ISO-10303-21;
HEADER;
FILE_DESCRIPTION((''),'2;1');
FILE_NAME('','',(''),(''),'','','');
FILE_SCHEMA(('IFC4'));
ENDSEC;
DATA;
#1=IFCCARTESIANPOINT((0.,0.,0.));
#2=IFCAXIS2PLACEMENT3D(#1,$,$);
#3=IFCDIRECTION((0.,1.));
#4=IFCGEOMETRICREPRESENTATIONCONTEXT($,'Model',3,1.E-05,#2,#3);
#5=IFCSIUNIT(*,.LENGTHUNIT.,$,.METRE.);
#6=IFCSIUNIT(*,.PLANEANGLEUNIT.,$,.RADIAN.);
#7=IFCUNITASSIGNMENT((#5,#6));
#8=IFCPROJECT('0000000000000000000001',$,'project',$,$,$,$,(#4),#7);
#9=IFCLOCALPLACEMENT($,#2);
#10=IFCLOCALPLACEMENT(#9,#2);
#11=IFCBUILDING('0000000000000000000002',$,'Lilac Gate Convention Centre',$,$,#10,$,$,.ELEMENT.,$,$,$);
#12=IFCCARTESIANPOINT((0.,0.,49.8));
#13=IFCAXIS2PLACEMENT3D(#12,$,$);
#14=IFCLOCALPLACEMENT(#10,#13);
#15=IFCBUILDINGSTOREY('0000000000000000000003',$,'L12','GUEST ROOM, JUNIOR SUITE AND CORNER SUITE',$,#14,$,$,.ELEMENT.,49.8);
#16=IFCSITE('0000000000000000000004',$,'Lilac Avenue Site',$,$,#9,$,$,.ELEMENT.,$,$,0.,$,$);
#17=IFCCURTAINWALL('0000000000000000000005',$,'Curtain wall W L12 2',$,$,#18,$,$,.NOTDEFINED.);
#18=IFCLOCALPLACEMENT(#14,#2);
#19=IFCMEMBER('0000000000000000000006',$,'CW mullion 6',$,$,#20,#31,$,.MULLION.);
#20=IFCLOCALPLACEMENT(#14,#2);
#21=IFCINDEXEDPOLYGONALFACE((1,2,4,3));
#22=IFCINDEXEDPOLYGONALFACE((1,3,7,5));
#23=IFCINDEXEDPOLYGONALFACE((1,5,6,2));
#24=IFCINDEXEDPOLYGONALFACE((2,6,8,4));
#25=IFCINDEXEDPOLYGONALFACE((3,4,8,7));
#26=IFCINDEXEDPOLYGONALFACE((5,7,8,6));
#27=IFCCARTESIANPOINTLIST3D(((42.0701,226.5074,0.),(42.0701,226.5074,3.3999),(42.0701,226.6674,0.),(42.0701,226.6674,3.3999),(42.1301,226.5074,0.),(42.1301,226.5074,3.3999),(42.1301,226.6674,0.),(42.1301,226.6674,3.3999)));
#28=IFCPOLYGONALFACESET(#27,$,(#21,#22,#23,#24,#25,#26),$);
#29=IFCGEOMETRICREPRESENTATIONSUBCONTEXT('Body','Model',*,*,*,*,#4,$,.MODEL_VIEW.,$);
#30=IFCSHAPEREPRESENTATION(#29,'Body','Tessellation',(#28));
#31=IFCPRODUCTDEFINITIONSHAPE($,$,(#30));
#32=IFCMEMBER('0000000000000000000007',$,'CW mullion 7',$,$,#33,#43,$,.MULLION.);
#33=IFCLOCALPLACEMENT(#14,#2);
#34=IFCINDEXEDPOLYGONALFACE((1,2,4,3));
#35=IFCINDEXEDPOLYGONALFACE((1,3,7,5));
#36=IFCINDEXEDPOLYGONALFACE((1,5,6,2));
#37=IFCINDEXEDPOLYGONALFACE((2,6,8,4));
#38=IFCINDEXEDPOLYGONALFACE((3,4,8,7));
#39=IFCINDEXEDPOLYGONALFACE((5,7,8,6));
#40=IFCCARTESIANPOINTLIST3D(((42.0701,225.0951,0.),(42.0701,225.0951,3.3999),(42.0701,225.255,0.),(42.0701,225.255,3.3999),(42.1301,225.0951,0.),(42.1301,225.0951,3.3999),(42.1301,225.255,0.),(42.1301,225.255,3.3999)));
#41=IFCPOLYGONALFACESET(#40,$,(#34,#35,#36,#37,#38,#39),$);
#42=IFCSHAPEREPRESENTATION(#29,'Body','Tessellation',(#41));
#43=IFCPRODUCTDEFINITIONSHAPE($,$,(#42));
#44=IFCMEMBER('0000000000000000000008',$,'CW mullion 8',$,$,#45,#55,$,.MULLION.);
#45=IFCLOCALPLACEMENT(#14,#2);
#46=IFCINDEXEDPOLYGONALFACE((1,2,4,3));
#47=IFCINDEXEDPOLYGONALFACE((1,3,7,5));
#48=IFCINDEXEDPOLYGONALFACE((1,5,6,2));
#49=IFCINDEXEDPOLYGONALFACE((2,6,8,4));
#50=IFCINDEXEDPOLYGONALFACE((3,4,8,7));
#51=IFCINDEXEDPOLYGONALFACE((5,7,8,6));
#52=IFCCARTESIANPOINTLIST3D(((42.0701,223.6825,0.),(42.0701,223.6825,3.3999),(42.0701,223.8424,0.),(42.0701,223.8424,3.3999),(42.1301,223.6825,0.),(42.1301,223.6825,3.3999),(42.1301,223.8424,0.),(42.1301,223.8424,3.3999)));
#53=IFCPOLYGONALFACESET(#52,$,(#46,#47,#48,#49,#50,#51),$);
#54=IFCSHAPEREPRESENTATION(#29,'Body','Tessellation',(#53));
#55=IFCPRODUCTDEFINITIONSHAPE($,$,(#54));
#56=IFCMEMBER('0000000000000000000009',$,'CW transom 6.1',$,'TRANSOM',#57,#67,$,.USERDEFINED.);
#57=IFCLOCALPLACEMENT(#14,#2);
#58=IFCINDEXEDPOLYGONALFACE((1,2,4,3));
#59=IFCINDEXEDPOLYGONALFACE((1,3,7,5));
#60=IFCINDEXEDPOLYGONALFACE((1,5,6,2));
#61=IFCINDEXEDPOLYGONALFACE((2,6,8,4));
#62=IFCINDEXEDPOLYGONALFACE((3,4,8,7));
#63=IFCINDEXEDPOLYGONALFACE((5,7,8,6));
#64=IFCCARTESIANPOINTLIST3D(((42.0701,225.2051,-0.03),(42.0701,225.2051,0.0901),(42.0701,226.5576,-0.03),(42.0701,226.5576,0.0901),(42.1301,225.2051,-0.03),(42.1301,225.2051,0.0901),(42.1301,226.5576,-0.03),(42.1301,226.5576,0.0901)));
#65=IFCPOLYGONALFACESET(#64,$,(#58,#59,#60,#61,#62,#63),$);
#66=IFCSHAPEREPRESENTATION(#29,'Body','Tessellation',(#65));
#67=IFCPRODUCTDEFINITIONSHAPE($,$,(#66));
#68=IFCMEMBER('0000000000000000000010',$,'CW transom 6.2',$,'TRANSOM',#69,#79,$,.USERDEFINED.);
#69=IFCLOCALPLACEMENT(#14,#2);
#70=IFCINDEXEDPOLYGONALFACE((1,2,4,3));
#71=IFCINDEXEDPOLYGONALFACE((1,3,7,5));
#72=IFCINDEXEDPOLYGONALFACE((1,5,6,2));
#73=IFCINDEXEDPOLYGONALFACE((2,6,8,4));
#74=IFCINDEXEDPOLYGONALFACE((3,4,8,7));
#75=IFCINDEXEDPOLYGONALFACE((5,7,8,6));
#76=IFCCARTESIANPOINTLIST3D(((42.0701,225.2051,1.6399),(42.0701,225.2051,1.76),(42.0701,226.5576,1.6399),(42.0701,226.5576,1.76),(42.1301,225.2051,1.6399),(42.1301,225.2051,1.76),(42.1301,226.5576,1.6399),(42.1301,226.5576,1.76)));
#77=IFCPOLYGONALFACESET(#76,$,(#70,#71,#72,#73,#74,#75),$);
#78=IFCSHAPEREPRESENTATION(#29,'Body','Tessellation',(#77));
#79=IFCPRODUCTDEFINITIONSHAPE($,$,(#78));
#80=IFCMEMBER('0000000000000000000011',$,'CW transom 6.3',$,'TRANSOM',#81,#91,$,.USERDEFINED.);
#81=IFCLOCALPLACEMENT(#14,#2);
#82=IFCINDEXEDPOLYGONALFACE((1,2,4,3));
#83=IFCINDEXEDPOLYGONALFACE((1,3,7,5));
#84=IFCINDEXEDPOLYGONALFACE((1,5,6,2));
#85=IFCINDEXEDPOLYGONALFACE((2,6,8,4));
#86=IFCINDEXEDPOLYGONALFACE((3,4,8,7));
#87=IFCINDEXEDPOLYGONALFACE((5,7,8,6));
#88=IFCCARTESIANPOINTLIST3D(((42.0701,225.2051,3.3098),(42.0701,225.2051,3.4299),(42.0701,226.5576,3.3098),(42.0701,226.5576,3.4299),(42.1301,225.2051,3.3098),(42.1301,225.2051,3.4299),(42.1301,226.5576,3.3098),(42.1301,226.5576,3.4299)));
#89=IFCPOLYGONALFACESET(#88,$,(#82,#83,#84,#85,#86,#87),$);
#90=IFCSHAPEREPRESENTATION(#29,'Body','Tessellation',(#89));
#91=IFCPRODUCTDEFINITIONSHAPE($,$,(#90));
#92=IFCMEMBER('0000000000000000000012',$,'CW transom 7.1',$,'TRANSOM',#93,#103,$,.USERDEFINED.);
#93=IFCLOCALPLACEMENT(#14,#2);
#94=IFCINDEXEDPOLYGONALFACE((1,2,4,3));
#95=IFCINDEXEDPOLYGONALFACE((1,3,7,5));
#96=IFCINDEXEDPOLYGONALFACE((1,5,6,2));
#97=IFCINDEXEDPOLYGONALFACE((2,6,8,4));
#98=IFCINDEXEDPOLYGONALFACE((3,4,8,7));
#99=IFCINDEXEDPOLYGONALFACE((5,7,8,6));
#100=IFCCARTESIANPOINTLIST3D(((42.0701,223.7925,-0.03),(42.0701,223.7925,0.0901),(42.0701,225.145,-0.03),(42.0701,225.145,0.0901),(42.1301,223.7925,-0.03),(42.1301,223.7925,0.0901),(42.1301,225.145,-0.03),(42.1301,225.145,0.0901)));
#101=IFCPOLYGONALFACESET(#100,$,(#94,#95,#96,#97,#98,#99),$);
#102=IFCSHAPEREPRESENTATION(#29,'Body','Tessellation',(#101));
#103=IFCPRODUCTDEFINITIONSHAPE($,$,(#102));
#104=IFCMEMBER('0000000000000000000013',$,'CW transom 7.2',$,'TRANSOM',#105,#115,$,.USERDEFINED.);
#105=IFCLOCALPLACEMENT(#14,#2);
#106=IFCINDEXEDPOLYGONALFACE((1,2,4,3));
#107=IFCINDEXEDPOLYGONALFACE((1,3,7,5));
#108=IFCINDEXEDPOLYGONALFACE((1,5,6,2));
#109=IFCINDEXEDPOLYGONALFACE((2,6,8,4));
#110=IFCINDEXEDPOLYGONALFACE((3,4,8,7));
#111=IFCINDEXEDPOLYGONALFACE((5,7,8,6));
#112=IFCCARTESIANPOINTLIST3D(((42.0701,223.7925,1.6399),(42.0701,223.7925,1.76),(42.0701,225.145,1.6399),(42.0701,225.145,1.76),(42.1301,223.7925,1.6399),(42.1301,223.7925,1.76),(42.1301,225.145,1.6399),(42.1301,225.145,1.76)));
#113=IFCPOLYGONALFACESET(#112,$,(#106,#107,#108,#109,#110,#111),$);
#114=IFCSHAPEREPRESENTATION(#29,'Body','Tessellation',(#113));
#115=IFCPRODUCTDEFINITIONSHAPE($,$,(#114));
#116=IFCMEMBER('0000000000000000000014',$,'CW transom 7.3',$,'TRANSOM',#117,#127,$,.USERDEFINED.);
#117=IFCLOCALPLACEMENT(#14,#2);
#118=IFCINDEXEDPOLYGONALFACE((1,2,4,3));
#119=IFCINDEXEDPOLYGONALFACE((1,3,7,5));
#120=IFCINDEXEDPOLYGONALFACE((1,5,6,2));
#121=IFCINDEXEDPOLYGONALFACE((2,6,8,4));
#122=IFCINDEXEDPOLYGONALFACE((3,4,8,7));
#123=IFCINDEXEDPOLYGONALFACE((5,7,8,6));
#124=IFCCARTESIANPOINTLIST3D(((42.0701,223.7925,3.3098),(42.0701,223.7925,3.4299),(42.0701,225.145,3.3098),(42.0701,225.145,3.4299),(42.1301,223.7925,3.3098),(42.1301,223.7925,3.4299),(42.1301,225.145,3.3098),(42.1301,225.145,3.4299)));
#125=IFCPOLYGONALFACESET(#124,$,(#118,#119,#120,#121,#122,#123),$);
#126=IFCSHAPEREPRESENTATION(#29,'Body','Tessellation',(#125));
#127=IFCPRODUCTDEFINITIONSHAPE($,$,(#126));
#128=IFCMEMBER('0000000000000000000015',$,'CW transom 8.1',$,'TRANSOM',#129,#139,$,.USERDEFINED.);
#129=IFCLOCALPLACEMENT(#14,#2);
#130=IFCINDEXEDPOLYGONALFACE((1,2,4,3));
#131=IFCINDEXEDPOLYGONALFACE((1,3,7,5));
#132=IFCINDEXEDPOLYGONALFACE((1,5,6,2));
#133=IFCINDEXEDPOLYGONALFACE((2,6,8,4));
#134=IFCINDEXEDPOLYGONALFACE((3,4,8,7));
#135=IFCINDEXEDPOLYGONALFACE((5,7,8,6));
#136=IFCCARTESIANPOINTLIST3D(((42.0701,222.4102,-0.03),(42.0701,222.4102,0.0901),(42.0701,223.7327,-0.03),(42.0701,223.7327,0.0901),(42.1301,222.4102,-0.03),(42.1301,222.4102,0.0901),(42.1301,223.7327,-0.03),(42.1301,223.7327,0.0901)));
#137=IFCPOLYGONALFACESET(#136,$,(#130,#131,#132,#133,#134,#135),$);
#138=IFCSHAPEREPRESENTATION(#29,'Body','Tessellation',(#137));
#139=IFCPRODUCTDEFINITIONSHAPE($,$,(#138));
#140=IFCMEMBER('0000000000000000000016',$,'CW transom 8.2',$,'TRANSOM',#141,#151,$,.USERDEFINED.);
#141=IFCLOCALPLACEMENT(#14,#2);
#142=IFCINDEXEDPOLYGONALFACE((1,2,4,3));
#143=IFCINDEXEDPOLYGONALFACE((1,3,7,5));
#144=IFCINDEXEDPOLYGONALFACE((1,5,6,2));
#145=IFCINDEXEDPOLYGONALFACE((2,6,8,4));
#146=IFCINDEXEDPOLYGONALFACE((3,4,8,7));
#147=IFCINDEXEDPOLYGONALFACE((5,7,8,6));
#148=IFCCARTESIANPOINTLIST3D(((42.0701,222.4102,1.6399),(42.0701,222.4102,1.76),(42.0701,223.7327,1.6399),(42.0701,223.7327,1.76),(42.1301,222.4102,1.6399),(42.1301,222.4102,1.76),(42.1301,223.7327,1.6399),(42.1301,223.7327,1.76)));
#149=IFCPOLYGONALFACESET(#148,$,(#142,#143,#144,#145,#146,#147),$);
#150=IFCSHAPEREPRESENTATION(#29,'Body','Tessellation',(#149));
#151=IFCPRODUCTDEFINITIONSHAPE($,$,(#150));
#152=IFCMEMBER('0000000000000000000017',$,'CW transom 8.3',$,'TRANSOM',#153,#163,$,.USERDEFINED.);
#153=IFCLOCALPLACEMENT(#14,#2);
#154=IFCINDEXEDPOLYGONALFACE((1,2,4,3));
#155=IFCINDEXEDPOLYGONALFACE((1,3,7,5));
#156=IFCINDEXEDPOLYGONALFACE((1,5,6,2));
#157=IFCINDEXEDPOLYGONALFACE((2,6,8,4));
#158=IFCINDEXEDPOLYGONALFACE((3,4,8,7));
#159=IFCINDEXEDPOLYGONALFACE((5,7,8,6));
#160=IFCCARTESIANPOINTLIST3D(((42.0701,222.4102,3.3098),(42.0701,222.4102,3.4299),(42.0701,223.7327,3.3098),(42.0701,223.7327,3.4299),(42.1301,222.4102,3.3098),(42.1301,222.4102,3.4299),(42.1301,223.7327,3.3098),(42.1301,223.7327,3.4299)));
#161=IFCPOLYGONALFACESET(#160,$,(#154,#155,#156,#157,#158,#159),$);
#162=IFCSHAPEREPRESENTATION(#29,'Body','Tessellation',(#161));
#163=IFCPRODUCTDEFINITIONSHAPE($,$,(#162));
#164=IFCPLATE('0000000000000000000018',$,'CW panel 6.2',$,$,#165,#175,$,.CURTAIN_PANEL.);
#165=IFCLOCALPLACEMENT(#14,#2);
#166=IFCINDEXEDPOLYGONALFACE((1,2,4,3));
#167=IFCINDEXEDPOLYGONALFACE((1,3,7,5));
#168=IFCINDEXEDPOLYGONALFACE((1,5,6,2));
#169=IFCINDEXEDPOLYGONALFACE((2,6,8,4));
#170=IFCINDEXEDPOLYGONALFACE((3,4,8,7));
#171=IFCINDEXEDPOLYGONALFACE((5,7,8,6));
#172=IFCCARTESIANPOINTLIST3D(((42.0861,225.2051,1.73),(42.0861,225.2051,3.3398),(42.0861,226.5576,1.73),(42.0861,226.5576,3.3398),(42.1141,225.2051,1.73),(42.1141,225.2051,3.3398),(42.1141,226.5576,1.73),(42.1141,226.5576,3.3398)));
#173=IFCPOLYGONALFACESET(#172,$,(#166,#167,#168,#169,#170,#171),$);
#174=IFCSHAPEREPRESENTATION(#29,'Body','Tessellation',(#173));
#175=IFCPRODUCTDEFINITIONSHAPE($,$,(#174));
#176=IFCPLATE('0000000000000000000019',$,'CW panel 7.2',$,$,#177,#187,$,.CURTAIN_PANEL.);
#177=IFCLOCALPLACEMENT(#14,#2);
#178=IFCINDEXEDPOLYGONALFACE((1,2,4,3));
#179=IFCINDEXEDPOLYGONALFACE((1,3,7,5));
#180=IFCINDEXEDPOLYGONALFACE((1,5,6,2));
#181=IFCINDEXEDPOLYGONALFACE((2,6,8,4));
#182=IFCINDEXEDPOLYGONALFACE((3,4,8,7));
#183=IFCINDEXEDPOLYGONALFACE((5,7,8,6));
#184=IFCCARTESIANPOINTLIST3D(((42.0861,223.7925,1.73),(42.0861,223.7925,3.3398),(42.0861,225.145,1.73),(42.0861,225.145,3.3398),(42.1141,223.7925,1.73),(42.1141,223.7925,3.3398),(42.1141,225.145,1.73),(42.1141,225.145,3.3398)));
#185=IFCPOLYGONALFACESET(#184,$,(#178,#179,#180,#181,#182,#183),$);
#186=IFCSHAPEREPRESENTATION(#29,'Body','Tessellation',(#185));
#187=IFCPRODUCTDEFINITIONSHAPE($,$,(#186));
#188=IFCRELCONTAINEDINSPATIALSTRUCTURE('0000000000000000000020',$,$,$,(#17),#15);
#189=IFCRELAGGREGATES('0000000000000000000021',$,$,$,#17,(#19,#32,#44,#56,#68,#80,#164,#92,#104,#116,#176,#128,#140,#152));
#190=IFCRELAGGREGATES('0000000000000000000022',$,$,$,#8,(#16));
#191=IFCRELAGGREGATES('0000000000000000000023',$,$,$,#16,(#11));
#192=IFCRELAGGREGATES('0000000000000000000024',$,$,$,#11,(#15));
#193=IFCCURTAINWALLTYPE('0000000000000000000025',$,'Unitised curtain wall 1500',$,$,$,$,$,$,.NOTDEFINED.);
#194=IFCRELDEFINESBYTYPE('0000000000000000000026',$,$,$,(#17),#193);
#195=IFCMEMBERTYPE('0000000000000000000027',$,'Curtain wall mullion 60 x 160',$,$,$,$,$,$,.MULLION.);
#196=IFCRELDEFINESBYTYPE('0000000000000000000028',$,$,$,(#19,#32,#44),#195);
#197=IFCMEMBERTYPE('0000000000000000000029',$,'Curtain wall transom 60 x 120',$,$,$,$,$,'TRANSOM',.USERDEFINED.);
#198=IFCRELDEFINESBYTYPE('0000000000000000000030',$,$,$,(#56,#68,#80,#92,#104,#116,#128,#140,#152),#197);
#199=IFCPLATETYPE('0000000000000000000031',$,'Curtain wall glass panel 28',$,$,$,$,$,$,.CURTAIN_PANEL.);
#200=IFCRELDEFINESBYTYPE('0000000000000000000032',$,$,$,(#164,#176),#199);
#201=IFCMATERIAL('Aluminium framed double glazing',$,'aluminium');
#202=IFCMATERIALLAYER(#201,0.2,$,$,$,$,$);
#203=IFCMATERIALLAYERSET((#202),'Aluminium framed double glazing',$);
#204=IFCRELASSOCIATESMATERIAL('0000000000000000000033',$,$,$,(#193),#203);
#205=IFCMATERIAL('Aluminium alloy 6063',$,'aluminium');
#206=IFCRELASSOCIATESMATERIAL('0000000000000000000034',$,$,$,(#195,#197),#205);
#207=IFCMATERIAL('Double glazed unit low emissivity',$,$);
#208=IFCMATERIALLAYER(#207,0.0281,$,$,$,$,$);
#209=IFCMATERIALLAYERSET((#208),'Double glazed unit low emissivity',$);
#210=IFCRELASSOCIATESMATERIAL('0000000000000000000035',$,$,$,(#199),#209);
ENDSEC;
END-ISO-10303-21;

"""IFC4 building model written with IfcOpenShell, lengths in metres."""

from ifc_helpers import new_model, si_unit, direction, frame, origin, origin_2d, place, context, subcontext, project, spatial, rectangle, extrude, material, layer, layer_set, material_profile, profile_set, type_object, element, aggregate, save


model = new_model("IFC4")

# Units and contexts
model_context = context("Model", 3, precision=1e-05, world=origin(), true_north=direction((0.0, 1.0)))
body_context = subcontext(model_context, "Body", "Model", "MODEL_VIEW")
ifc_project = project(units=[si_unit("LENGTHUNIT", "METRE"), si_unit("PLANEANGLEUNIT", "RADIAN")], contexts=[model_context])

# Site, building, storey
site_placement = place(None, origin())
site = spatial("IfcSite", under=ifc_project, at=site_placement, Name="Lilac Avenue Site", CompositionType="ELEMENT", RefElevation=0.0)
building_placement = place(site_placement, origin())
building = spatial("IfcBuilding", under=site, at=building_placement, Name="Lilac Gate Convention Centre", CompositionType="ELEMENT")
storey_placement = place(building_placement, frame((0.0, 0.0, 49.8)))
storey = spatial("IfcBuildingStorey", under=building, at=storey_placement, Name="L12", Description="GUEST ROOM, JUNIOR SUITE AND CORNER SUITE", CompositionType="ELEMENT", Elevation=49.8)

# Curtain wall, members, plates
ifc_material_1 = material(Name="Aluminium framed double glazing", Category="aluminium")
ifc_layer_1 = layer(ifc_material_1, 0.2)
ifc_layer_set_1 = layer_set([ifc_layer_1], Name="Aluminium framed double glazing")
curtain_wall_type = type_object("IfcCurtainWallType", Name="Unitised curtain wall 1500", PredefinedType="NOTDEFINED", material=ifc_layer_set_1)
curtain_wall_placement = place(storey_placement, origin())
curtain_wall = element("IfcCurtainWall", 1, at=curtain_wall_placement, inside=storey, type_object=curtain_wall_type, Name="Curtain wall W L12 2", PredefinedType="NOTDEFINED")
ifc_material_2 = material(Name="Aluminium alloy 6063", Category="aluminium")
ifc_material_profile_1 = material_profile(ifc_material_2, rectangle(XDim=0.0601, YDim=0.1599, at=origin_2d()), Name="Curtain wall mullion 60 x 160")
ifc_profile_set_1 = profile_set([ifc_material_profile_1], Name="Aluminium alloy 6063")
member_type_1 = type_object("IfcMemberType", Name="Curtain wall mullion 60 x 160", PredefinedType="MULLION", material=ifc_profile_set_1)
member_1_placement = place(storey_placement, frame((42.1001, 226.5874, 0.0), z_axis=(0.0, 0.0, 1.0), x_axis=(1.0, 0.0, 0.0)))
member_1 = element("IfcMember", 2, at=member_1_placement, type_object=member_type_1, Name="CW mullion 6", PredefinedType="MULLION", context=body_context, shape_type="SweptSolid", body=[
    extrude(rectangle(XDim=0.0601, YDim=0.1599, at=origin_2d()), origin(), (0.0, 0.0, 1.0), 3.3999),
])
member_2_placement = place(storey_placement, frame((42.1001, 225.175, 0.0), z_axis=(0.0, 0.0, 1.0), x_axis=(1.0, 0.0, 0.0)))
member_2 = element("IfcMember", 3, at=member_2_placement, type_object=member_type_1, Name="CW mullion 7", PredefinedType="MULLION", context=body_context, shape_type="SweptSolid", body=[
    extrude(rectangle(XDim=0.0601, YDim=0.1599, at=origin_2d()), origin(), (0.0, 0.0, 1.0), 3.3999),
])
member_3_placement = place(storey_placement, frame((42.1001, 223.7625, 0.0), z_axis=(0.0, 0.0, 1.0), x_axis=(1.0, 0.0, 0.0)))
member_3 = element("IfcMember", 4, at=member_3_placement, type_object=member_type_1, Name="CW mullion 8", PredefinedType="MULLION", context=body_context, shape_type="SweptSolid", body=[
    extrude(rectangle(XDim=0.0601, YDim=0.1599, at=origin_2d()), origin(), (0.0, 0.0, 1.0), 3.3999),
])
ifc_material_profile_2 = material_profile(ifc_material_2, rectangle(XDim=0.0601, YDim=0.1201, at=origin_2d()), Name="Curtain wall transom 60 x 120")
ifc_profile_set_2 = profile_set([ifc_material_profile_2], Name="Aluminium alloy 6063")
member_type_2 = type_object("IfcMemberType", Name="Curtain wall transom 60 x 120", ElementType="TRANSOM", PredefinedType="USERDEFINED", material=ifc_profile_set_2)
member_4_placement = place(storey_placement, frame((42.1001, 226.5576, 0.03), z_axis=(0.0, -1.0, 0.0), x_axis=(1.0, 0.0, 0.0)))
member_4 = element("IfcMember", 5, at=member_4_placement, type_object=member_type_2, Name="CW transom 6.1", ObjectType="TRANSOM", PredefinedType="USERDEFINED", context=body_context, shape_type="SweptSolid", body=[
    extrude(rectangle(XDim=0.0601, YDim=0.1201, at=origin_2d()), origin(), (0.0, 0.0, 1.0), 1.3525),
])
member_5_placement = place(storey_placement, frame((42.1001, 226.5576, 1.7), z_axis=(0.0, -1.0, 0.0), x_axis=(1.0, 0.0, 0.0)))
member_5 = element("IfcMember", 6, at=member_5_placement, type_object=member_type_2, Name="CW transom 6.2", ObjectType="TRANSOM", PredefinedType="USERDEFINED", context=body_context, shape_type="SweptSolid", body=[
    extrude(rectangle(XDim=0.0601, YDim=0.1201, at=origin_2d()), origin(), (0.0, 0.0, 1.0), 1.3525),
])
member_6_placement = place(storey_placement, frame((42.1001, 226.5576, 3.3699), z_axis=(0.0, -1.0, 0.0), x_axis=(1.0, 0.0, 0.0)))
member_6 = element("IfcMember", 7, at=member_6_placement, type_object=member_type_2, Name="CW transom 6.3", ObjectType="TRANSOM", PredefinedType="USERDEFINED", context=body_context, shape_type="SweptSolid", body=[
    extrude(rectangle(XDim=0.0601, YDim=0.1201, at=origin_2d()), origin(), (0.0, 0.0, 1.0), 1.3525),
])
member_7_placement = place(storey_placement, frame((42.1001, 225.145, 0.03), z_axis=(0.0, -1.0, 0.0), x_axis=(1.0, 0.0, 0.0)))
member_7 = element("IfcMember", 8, at=member_7_placement, type_object=member_type_2, Name="CW transom 7.1", ObjectType="TRANSOM", PredefinedType="USERDEFINED", context=body_context, shape_type="SweptSolid", body=[
    extrude(rectangle(XDim=0.0601, YDim=0.1201, at=origin_2d()), origin(), (0.0, 0.0, 1.0), 1.3525),
])
member_8_placement = place(storey_placement, frame((42.1001, 225.145, 1.7), z_axis=(0.0, -1.0, 0.0), x_axis=(1.0, 0.0, 0.0)))
member_8 = element("IfcMember", 9, at=member_8_placement, type_object=member_type_2, Name="CW transom 7.2", ObjectType="TRANSOM", PredefinedType="USERDEFINED", context=body_context, shape_type="SweptSolid", body=[
    extrude(rectangle(XDim=0.0601, YDim=0.1201, at=origin_2d()), origin(), (0.0, 0.0, 1.0), 1.3525),
])
member_9_placement = place(storey_placement, frame((42.1001, 225.145, 3.3699), z_axis=(0.0, -1.0, 0.0), x_axis=(1.0, 0.0, 0.0)))
member_9 = element("IfcMember", 10, at=member_9_placement, type_object=member_type_2, Name="CW transom 7.3", ObjectType="TRANSOM", PredefinedType="USERDEFINED", context=body_context, shape_type="SweptSolid", body=[
    extrude(rectangle(XDim=0.0601, YDim=0.1201, at=origin_2d()), origin(), (0.0, 0.0, 1.0), 1.3525),
])
member_10_placement = place(storey_placement, frame((42.1001, 223.7327, 0.03), z_axis=(0.0, -1.0, 0.0), x_axis=(1.0, 0.0, 0.0)))
member_10 = element("IfcMember", 11, at=member_10_placement, type_object=member_type_2, Name="CW transom 8.1", ObjectType="TRANSOM", PredefinedType="USERDEFINED", context=body_context, shape_type="SweptSolid", body=[
    extrude(rectangle(XDim=0.0601, YDim=0.1201, at=origin_2d()), origin(), (0.0, 0.0, 1.0), 1.3225),
])
member_11_placement = place(storey_placement, frame((42.1001, 223.7327, 1.7), z_axis=(0.0, -1.0, 0.0), x_axis=(1.0, 0.0, 0.0)))
member_11 = element("IfcMember", 12, at=member_11_placement, type_object=member_type_2, Name="CW transom 8.2", ObjectType="TRANSOM", PredefinedType="USERDEFINED", context=body_context, shape_type="SweptSolid", body=[
    extrude(rectangle(XDim=0.0601, YDim=0.1201, at=origin_2d()), origin(), (0.0, 0.0, 1.0), 1.3225),
])
member_12_placement = place(storey_placement, frame((42.1001, 223.7327, 3.3699), z_axis=(0.0, -1.0, 0.0), x_axis=(1.0, 0.0, 0.0)))
member_12 = element("IfcMember", 13, at=member_12_placement, type_object=member_type_2, Name="CW transom 8.3", ObjectType="TRANSOM", PredefinedType="USERDEFINED", context=body_context, shape_type="SweptSolid", body=[
    extrude(rectangle(XDim=0.0601, YDim=0.1201, at=origin_2d()), origin(), (0.0, 0.0, 1.0), 1.3225),
])
ifc_material_3 = material(Name="Double glazed unit low emissivity")
ifc_layer_2 = layer(ifc_material_3, 0.0281)
ifc_layer_set_2 = layer_set([ifc_layer_2], Name="Double glazed unit low emissivity")
plate_type_1 = type_object("IfcPlateType", Name="Curtain wall glass panel 28", PredefinedType="CURTAIN_PANEL", material=ifc_layer_set_2)
plate_1_placement = place(storey_placement, frame((42.1001, 225.8813, 1.73), z_axis=(0.0, 0.0, 1.0), x_axis=(0.0, -1.0, 0.0)))
plate_1 = element("IfcPlate", 14, at=plate_1_placement, type_object=plate_type_1, Name="CW panel 6.2", PredefinedType="CURTAIN_PANEL", context=body_context, shape_type="SweptSolid", body=[
    extrude(rectangle(XDim=1.3525, YDim=0.0281, at=origin_2d()), origin(), (0.0, 0.0, 1.0), 1.6099),
])
plate_2_placement = place(storey_placement, frame((42.1001, 224.4688, 1.73), z_axis=(0.0, 0.0, 1.0), x_axis=(0.0, -1.0, 0.0)))
plate_2 = element("IfcPlate", 15, at=plate_2_placement, type_object=plate_type_1, Name="CW panel 7.2", PredefinedType="CURTAIN_PANEL", context=body_context, shape_type="SweptSolid", body=[
    extrude(rectangle(XDim=1.3525, YDim=0.0281, at=origin_2d()), origin(), (0.0, 0.0, 1.0), 1.6099),
])
aggregate(curtain_wall, [member_1, member_2, member_3, member_4, member_5, member_6, plate_1, member_7, member_8, member_9, plate_2, member_10, member_11, member_12])

save(model, "model.ifc")
